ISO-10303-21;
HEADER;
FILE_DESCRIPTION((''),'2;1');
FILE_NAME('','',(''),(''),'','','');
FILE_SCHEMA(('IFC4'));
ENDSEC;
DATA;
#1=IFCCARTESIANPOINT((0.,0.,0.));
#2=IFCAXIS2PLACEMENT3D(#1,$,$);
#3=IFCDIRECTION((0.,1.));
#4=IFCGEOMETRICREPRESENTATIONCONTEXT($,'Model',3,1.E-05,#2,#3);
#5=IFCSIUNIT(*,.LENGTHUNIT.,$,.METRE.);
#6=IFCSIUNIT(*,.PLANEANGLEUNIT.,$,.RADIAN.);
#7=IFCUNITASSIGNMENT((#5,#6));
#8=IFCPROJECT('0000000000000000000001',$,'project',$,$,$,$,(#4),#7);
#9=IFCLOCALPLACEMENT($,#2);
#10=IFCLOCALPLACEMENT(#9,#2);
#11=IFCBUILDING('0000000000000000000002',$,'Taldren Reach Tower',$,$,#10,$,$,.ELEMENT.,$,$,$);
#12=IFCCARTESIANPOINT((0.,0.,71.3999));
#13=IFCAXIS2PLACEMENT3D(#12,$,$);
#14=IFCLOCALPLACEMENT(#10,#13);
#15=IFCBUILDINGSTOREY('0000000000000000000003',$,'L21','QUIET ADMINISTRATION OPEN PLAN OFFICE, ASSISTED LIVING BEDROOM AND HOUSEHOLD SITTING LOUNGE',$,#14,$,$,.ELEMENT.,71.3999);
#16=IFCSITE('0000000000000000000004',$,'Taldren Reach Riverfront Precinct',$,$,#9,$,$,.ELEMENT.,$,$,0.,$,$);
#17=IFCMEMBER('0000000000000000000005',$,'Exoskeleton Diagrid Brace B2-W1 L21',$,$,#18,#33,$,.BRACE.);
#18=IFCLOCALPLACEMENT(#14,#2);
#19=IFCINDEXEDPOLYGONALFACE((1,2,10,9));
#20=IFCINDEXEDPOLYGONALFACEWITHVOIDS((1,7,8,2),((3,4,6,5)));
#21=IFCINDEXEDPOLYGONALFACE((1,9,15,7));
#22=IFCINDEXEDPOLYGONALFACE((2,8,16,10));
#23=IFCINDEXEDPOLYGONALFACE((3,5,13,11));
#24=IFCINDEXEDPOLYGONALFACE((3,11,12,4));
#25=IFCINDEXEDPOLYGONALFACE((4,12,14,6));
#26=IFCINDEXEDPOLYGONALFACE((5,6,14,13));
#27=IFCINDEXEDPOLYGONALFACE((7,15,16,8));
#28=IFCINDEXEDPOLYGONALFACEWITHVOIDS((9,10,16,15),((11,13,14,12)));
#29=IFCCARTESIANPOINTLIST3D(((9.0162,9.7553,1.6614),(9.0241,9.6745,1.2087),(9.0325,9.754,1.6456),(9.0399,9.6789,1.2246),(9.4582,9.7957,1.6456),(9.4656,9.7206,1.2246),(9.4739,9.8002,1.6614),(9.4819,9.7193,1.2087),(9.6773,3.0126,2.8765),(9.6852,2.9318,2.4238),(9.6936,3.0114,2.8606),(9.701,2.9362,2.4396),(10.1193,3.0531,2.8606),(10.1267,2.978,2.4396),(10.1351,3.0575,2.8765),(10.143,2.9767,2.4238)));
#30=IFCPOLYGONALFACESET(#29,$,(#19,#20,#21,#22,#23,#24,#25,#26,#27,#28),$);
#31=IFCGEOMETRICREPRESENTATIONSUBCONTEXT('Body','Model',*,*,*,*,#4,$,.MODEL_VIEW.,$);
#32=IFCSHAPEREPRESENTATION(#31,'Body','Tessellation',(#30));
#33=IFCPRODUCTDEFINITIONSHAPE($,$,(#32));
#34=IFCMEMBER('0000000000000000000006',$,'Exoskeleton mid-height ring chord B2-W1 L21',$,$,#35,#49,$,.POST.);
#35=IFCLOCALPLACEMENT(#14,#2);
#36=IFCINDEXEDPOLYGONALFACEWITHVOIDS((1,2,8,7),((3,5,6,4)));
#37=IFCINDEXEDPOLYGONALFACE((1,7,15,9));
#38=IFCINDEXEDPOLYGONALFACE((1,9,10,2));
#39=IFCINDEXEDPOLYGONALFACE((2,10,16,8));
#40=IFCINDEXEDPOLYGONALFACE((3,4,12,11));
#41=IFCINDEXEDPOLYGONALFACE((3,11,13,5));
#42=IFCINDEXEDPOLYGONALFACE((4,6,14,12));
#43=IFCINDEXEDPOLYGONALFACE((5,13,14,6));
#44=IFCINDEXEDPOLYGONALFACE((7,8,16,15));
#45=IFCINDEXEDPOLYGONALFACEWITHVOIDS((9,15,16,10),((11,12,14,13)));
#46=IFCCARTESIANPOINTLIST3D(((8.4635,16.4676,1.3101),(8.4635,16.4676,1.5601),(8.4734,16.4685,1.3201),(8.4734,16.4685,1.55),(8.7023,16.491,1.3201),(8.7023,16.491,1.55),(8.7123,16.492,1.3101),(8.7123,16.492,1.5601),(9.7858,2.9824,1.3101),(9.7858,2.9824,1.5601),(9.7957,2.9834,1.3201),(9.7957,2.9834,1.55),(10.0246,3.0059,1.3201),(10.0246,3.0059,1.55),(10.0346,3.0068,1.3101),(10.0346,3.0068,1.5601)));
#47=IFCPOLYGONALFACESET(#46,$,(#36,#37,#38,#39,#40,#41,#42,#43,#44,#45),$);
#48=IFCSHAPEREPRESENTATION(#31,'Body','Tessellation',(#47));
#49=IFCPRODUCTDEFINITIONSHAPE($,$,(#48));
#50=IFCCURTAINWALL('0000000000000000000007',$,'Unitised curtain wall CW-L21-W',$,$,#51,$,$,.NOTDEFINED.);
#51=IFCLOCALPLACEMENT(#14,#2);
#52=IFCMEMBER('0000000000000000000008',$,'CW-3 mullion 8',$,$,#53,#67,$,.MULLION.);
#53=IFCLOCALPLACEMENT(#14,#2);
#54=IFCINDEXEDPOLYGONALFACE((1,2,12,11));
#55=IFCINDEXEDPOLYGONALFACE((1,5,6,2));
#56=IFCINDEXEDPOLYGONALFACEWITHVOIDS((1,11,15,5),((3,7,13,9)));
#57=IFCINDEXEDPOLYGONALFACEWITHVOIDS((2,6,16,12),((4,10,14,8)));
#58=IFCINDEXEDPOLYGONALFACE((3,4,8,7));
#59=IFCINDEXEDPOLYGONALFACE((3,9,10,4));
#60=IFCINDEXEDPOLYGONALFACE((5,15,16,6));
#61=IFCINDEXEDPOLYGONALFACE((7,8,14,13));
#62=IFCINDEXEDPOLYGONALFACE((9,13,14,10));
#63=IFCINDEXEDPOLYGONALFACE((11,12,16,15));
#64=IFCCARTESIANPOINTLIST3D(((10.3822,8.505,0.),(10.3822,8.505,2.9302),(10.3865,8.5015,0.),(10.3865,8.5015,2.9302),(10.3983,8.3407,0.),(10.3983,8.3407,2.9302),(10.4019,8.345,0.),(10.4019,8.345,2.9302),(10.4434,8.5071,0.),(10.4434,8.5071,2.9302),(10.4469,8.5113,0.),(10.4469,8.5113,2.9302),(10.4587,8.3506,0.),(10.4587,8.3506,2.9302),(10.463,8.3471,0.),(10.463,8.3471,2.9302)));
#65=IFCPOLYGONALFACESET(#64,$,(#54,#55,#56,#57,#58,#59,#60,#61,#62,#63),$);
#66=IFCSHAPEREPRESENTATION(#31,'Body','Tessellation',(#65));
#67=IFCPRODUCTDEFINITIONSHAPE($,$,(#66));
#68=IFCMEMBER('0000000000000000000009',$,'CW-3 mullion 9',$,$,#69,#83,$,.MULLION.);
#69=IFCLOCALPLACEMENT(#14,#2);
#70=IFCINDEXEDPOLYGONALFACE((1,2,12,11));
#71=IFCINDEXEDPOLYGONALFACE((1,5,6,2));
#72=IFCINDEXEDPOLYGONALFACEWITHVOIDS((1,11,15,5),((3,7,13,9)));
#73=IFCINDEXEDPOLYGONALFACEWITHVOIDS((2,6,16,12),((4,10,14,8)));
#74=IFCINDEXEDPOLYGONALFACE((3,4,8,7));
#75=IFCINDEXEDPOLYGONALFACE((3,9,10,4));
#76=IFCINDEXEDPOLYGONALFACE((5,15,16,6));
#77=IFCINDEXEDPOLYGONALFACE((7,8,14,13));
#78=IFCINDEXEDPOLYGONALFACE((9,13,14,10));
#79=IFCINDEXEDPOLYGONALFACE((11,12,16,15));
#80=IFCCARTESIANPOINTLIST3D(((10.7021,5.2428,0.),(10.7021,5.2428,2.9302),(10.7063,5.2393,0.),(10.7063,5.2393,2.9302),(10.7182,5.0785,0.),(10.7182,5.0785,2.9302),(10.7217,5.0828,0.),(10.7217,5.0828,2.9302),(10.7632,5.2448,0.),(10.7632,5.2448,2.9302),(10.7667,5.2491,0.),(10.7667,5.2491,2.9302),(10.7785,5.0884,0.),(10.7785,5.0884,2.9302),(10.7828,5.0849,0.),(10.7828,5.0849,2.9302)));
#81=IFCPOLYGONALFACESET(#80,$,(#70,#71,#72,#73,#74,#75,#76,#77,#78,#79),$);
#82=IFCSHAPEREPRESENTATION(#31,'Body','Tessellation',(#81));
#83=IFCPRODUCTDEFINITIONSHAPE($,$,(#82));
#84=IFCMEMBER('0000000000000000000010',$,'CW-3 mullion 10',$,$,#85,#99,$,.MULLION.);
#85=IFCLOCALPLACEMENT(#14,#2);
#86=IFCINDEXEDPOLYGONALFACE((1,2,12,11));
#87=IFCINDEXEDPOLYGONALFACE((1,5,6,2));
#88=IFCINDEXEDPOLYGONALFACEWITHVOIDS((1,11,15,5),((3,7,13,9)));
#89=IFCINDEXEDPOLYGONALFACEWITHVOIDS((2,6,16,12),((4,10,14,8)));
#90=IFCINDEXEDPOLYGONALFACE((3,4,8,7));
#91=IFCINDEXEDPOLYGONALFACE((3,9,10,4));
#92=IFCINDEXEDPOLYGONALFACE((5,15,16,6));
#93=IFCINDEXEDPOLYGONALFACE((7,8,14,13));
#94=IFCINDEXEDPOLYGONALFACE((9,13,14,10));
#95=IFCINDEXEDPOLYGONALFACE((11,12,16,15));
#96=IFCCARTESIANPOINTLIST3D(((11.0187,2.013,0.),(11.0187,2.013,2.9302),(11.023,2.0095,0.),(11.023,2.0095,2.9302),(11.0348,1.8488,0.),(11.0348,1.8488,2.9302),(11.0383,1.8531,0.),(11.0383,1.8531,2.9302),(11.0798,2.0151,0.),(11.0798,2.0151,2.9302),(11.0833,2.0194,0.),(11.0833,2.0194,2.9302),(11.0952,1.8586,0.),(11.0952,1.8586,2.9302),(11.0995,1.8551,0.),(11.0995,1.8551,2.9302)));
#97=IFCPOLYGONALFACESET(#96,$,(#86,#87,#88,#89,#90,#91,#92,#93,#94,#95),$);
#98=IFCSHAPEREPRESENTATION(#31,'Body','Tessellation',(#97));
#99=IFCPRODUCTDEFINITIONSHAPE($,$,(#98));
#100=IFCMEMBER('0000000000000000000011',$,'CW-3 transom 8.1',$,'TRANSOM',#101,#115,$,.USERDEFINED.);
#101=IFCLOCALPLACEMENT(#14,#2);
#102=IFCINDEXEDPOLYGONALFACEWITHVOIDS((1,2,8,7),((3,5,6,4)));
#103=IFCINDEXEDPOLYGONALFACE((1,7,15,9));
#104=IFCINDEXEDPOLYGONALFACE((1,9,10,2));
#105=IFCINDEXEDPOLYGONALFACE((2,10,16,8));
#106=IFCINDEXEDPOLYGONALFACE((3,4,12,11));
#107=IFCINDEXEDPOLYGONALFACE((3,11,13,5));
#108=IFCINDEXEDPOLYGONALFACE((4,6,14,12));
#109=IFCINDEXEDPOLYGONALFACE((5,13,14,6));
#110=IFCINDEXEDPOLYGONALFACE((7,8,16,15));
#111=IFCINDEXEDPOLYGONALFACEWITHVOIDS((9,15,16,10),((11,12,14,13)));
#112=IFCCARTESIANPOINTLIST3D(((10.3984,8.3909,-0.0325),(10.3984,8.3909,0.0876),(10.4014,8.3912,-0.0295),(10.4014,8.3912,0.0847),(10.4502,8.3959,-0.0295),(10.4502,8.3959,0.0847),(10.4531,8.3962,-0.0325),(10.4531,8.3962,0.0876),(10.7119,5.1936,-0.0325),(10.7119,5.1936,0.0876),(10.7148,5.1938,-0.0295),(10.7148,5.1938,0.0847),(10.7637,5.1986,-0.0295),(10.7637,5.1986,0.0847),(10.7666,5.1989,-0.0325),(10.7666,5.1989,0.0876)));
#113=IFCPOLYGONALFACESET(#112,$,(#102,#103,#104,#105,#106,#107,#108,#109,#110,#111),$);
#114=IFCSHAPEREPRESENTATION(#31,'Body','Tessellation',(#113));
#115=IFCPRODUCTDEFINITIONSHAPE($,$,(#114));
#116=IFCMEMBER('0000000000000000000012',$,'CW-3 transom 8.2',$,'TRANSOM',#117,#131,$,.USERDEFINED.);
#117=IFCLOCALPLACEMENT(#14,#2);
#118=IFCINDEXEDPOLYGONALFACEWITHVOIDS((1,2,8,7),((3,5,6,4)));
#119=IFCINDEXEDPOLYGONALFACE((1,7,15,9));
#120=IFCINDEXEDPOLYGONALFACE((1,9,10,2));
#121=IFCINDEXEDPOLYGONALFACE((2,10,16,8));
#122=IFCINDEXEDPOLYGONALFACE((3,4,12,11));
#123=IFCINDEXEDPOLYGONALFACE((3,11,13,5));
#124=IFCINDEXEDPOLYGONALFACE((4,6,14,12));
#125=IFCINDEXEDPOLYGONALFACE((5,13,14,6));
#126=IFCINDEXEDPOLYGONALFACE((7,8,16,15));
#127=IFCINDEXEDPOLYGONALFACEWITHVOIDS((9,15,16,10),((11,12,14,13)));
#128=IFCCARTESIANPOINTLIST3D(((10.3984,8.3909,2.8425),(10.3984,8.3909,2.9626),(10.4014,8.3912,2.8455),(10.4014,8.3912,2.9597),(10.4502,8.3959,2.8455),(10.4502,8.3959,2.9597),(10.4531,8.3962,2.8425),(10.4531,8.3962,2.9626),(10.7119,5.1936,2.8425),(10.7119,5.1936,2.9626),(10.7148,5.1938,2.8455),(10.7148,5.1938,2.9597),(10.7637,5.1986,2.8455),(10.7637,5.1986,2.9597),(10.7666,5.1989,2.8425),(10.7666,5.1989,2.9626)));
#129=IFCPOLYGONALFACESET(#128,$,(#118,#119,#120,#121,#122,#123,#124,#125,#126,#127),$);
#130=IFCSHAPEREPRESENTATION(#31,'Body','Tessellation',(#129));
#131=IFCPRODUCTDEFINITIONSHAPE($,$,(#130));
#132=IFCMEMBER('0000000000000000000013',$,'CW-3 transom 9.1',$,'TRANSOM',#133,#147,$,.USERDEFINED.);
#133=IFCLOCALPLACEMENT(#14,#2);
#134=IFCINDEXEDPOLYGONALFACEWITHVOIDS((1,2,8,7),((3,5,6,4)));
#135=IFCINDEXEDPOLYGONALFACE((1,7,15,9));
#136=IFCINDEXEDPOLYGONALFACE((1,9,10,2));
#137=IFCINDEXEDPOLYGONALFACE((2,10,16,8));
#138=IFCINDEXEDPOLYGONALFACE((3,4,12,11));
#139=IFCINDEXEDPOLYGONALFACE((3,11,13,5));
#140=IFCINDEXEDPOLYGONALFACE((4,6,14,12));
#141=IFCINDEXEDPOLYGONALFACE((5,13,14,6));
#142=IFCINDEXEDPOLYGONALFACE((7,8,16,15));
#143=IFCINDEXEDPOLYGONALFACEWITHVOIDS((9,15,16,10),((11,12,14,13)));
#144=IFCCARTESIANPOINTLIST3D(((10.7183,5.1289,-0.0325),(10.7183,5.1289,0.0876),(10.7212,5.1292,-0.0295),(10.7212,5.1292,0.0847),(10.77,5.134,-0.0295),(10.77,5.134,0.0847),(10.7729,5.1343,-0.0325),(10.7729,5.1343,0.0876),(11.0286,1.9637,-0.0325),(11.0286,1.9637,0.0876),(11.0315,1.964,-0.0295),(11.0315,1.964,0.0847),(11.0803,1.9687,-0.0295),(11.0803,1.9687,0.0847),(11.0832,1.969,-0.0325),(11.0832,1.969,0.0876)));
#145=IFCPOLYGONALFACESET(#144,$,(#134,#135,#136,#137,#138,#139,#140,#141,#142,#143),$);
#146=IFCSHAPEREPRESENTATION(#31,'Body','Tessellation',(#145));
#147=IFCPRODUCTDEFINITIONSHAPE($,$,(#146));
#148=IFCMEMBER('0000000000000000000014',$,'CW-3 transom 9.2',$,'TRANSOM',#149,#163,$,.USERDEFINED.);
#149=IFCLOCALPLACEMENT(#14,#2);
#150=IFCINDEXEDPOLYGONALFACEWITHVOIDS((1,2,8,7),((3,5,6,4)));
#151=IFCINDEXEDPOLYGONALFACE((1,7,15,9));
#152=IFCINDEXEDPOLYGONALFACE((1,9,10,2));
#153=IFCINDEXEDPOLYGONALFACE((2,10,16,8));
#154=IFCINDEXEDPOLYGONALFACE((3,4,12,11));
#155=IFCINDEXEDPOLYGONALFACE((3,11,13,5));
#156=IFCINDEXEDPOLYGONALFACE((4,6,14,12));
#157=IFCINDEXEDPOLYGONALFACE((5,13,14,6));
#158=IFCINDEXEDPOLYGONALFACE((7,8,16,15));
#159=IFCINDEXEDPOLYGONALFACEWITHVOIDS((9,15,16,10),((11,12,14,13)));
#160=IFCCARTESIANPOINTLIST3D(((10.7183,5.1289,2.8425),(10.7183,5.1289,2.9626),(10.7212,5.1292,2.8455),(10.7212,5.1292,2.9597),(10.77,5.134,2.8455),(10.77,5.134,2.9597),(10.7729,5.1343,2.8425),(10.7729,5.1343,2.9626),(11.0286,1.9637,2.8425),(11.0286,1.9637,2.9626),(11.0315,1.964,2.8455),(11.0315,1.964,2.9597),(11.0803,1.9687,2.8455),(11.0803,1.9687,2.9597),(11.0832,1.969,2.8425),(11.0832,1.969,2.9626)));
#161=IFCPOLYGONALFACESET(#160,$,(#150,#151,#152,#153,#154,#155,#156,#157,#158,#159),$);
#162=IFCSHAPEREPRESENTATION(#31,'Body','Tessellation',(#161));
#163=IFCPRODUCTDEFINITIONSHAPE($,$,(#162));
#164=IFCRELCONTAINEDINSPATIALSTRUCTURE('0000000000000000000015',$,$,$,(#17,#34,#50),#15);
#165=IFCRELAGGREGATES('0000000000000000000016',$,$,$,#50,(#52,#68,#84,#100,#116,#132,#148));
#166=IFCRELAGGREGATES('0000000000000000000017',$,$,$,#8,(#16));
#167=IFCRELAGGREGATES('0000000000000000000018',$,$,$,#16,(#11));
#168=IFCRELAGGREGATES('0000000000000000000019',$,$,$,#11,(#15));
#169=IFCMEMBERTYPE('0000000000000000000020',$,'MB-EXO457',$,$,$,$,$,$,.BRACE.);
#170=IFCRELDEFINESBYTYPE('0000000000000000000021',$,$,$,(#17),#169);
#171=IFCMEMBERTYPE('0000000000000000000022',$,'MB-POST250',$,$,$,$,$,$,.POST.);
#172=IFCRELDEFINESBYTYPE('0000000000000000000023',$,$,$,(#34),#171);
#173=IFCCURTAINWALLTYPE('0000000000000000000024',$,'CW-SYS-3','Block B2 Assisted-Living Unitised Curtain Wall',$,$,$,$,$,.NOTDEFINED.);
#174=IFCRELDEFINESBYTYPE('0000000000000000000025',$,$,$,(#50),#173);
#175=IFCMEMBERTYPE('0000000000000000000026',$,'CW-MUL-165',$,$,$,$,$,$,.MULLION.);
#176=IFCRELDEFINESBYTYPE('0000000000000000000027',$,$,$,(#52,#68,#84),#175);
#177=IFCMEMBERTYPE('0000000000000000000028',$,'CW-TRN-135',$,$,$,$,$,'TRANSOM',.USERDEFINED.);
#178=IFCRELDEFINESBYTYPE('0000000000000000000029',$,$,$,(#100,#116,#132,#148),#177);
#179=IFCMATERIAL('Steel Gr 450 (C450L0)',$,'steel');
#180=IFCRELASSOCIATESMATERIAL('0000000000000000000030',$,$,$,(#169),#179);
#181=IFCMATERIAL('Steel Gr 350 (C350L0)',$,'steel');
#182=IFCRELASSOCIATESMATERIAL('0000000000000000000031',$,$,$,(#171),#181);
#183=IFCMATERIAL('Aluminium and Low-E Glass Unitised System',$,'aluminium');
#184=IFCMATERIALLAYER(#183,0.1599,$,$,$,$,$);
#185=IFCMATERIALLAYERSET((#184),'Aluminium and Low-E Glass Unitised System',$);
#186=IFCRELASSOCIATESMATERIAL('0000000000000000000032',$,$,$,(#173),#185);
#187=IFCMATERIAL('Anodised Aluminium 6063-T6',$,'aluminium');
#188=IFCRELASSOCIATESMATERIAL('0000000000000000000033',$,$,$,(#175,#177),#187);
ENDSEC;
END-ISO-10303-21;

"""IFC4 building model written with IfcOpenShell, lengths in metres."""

from ifc_helpers import new_model, si_unit, direction, frame, origin, origin_2d, place, context, subcontext, project, spatial, hollow_rectangle, extrude, source, transform, mapped, material, layer, layer_set, material_profile, profile_set, type_object, element, aggregate, save


model = new_model("IFC4")

# Units and contexts
model_context = context("Model", 3, precision=1e-05, world=origin(), true_north=direction((0.0, 1.0)))
body_context = subcontext(model_context, "Body", "Model", "MODEL_VIEW")
ifc_project = project(units=[si_unit("LENGTHUNIT", "METRE"), si_unit("PLANEANGLEUNIT", "RADIAN")], contexts=[model_context])

# Site, building, storey
site_placement = place(None, origin())
site = spatial("IfcSite", under=ifc_project, at=site_placement, Name="Taldren Reach Riverfront Precinct", CompositionType="ELEMENT", RefElevation=0.0)
building_placement = place(site_placement, origin())
building = spatial("IfcBuilding", under=site, at=building_placement, Name="Taldren Reach Tower", CompositionType="ELEMENT")
storey_placement = place(building_placement, frame((0.0, 0.0, 71.3999)))
storey = spatial("IfcBuildingStorey", under=building, at=storey_placement, Name="L21", Description="QUIET ADMINISTRATION OPEN PLAN OFFICE, ASSISTED LIVING BEDROOM AND HOUSEHOLD SITTING LOUNGE", CompositionType="ELEMENT", Elevation=71.3999)

# Members
ifc_material_1 = material(Name="Steel Gr 450 (C450L0)", Category="steel")
ifc_material_profile_1 = material_profile(ifc_material_1, hollow_rectangle(XDim=0.46, YDim=0.46, WallThickness=0.0161, at=origin_2d()), Name="460x460x16.0SHS")
ifc_profile_set_1 = profile_set([ifc_material_profile_1], Name="Steel Gr 450 (C450L0)")
member_type_1 = type_object("IfcMemberType", Name="MB-EXO457", PredefinedType="BRACE", material=ifc_profile_set_1)
shared_shape_1 = source(origin(), body_context, "Body", "SweptSolid", [
    extrude(hollow_rectangle(XDim=0.46, YDim=0.46, WallThickness=0.0161, at=origin_2d()), origin(), (0.0, 0.0, 1.0), 6.8831),
])
member_1_placement = place(storey_placement, frame((9.249, 9.7373, 1.4351), z_axis=(0.096051, -0.979597, 0.176532), x_axis=(0.995227, 0.097584, 0.0)))
element("IfcMember", 1, at=member_1_placement, inside=storey, type_object=member_type_1, Name="Exoskeleton Diagrid Brace B2-W1 L21", PredefinedType="BRACE", context=body_context, shape_type="MappedRepresentation", body=[
    mapped(shared_shape_1, transform((0.0, 0.0, 0.0), scale=1.0)),
])
ifc_material_2 = material(Name="Steel Gr 350 (C350L0)", Category="steel")
ifc_material_profile_2 = material_profile(ifc_material_2, hollow_rectangle(XDim=0.25, YDim=0.25, WallThickness=0.01, at=origin_2d()), Name="250x250x10.0SHS")
ifc_profile_set_2 = profile_set([ifc_material_profile_2], Name="Steel Gr 350 (C350L0)")
member_type_2 = type_object("IfcMemberType", Name="MB-POST250", PredefinedType="POST", material=ifc_profile_set_2)
shared_shape_2 = source(origin(), body_context, "Body", "SweptSolid", [
    extrude(hollow_rectangle(XDim=0.25, YDim=0.25, WallThickness=0.01, at=origin_2d()), origin(), (0.0, 0.0, 1.0), 13.5498),
])
member_2_placement = place(storey_placement, frame((9.9102, 2.9946, 1.4351), z_axis=(-0.097586, 0.995227, 0.0), x_axis=(-0.995227, -0.097586, 0.0)))
element("IfcMember", 2, at=member_2_placement, inside=storey, type_object=member_type_2, Name="Exoskeleton mid-height ring chord B2-W1 L21", PredefinedType="POST", context=body_context, shape_type="MappedRepresentation", body=[
    mapped(shared_shape_2, transform((0.0, 0.0, 0.0), scale=1.0)),
])

# Curtain wall, members
ifc_material_3 = material(Name="Aluminium and Low-E Glass Unitised System", Category="aluminium")
ifc_layer_1 = layer(ifc_material_3, 0.1599)
ifc_layer_set_1 = layer_set([ifc_layer_1], Name="Aluminium and Low-E Glass Unitised System")
curtain_wall_type = type_object("IfcCurtainWallType", Name="CW-SYS-3", Description="Block B2 Assisted-Living Unitised Curtain Wall", PredefinedType="NOTDEFINED", material=ifc_layer_set_1)
curtain_wall_placement = place(storey_placement, origin())
curtain_wall = element("IfcCurtainWall", 3, at=curtain_wall_placement, inside=storey, type_object=curtain_wall_type, Name="Unitised curtain wall CW-L21-W", PredefinedType="NOTDEFINED")
ifc_material_4 = material(Name="Anodised Aluminium 6063-T6", Category="aluminium")
ifc_material_profile_3 = material_profile(ifc_material_4, hollow_rectangle(XDim=0.0649, YDim=0.165, WallThickness=0.0039, at=origin_2d()), Name="ALU-165x65x4RHS")
ifc_profile_set_3 = profile_set([ifc_material_profile_3], Name="Anodised Aluminium 6063-T6")
member_type_3 = type_object("IfcMemberType", Name="CW-MUL-165", PredefinedType="MULLION", material=ifc_profile_set_3)
shared_shape_3 = source(origin(), body_context, "Body", "SweptSolid", [
    extrude(hollow_rectangle(XDim=0.0649, YDim=0.165, WallThickness=0.0039, at=origin_2d()), origin(), (0.0, 0.0, 1.0), 2.9302),
])
member_3_placement = place(storey_placement, frame((10.4226, 8.426, 0.0), z_axis=(0.0, 0.0, 1.0), x_axis=(0.995227, 0.097583, 0.0)))
member_3 = element("IfcMember", 4, at=member_3_placement, type_object=member_type_3, Name="CW-3 mullion 8", PredefinedType="MULLION", context=body_context, shape_type="MappedRepresentation", body=[
    mapped(shared_shape_3, transform((0.0, 0.0, 0.0), scale=1.0)),
])
member_4_placement = place(storey_placement, frame((10.7424, 5.1638, 0.0), z_axis=(0.0, 0.0, 1.0), x_axis=(0.995227, 0.097583, 0.0)))
member_4 = element("IfcMember", 5, at=member_4_placement, type_object=member_type_3, Name="CW-3 mullion 9", PredefinedType="MULLION", context=body_context, shape_type="MappedRepresentation", body=[
    mapped(shared_shape_3, transform((0.0, 0.0, 0.0), scale=1.0)),
])
member_5_placement = place(storey_placement, frame((11.0591, 1.9341, 0.0), z_axis=(0.0, 0.0, 1.0), x_axis=(0.995227, 0.097583, 0.0)))
member_5 = element("IfcMember", 6, at=member_5_placement, type_object=member_type_3, Name="CW-3 mullion 10", PredefinedType="MULLION", context=body_context, shape_type="MappedRepresentation", body=[
    mapped(shared_shape_3, transform((0.0, 0.0, 0.0), scale=1.0)),
])
ifc_material_profile_4 = material_profile(ifc_material_4, hollow_rectangle(XDim=0.0549, YDim=0.1201, WallThickness=0.0029, at=origin_2d()), Name="ALU-120x55x3RHS")
ifc_profile_set_4 = profile_set([ifc_material_profile_4], Name="Anodised Aluminium 6063-T6")
member_type_4 = type_object("IfcMemberType", Name="CW-TRN-135", ElementType="TRANSOM", PredefinedType="USERDEFINED", material=ifc_profile_set_4)
shared_shape_4 = source(origin(), body_context, "Body", "SweptSolid", [
    extrude(hollow_rectangle(XDim=0.0549, YDim=0.1201, WallThickness=0.0029, at=origin_2d()), origin(), (0.0, 0.0, 1.0), 3.2126),
])
member_6_placement = place(storey_placement, frame((10.4258, 8.3936, 0.0276), z_axis=(0.097577, -0.995228, 0.0), x_axis=(0.995228, 0.097577, 0.0)))
member_6 = element("IfcMember", 7, at=member_6_placement, type_object=member_type_4, Name="CW-3 transom 8.1", ObjectType="TRANSOM", PredefinedType="USERDEFINED", context=body_context, shape_type="MappedRepresentation", body=[
    mapped(shared_shape_4, transform((0.0, 0.0, 0.0), scale=1.0)),
])
member_7_placement = place(storey_placement, frame((10.4258, 8.3936, 2.9026), z_axis=(0.097577, -0.995228, 0.0), x_axis=(0.995228, 0.097577, 0.0)))
member_7 = element("IfcMember", 8, at=member_7_placement, type_object=member_type_4, Name="CW-3 transom 8.2", ObjectType="TRANSOM", PredefinedType="USERDEFINED", context=body_context, shape_type="MappedRepresentation", body=[
    mapped(shared_shape_4, transform((0.0, 0.0, 0.0), scale=1.0)),
])
shared_shape_5 = source(origin(), body_context, "Body", "SweptSolid", [
    extrude(hollow_rectangle(XDim=0.0549, YDim=0.1201, WallThickness=0.0029, at=origin_2d()), origin(), (0.0, 0.0, 1.0), 3.1804),
])
member_8_placement = place(storey_placement, frame((10.7456, 5.1316, 0.0276), z_axis=(0.097565, -0.995229, 0.0), x_axis=(0.995229, 0.097565, 0.0)))
member_8 = element("IfcMember", 9, at=member_8_placement, type_object=member_type_4, Name="CW-3 transom 9.1", ObjectType="TRANSOM", PredefinedType="USERDEFINED", context=body_context, shape_type="MappedRepresentation", body=[
    mapped(shared_shape_5, transform((0.0, 0.0, 0.0), scale=1.0)),
])
member_9_placement = place(storey_placement, frame((10.7456, 5.1316, 2.9026), z_axis=(0.097565, -0.995229, 0.0), x_axis=(0.995229, 0.097565, 0.0)))
member_9 = element("IfcMember", 10, at=member_9_placement, type_object=member_type_4, Name="CW-3 transom 9.2", ObjectType="TRANSOM", PredefinedType="USERDEFINED", context=body_context, shape_type="MappedRepresentation", body=[
    mapped(shared_shape_5, transform((0.0, 0.0, 0.0), scale=1.0)),
])

aggregate(curtain_wall, [member_3, member_4, member_5, member_6, member_7, member_8, member_9])

save(model, "model.ifc")
